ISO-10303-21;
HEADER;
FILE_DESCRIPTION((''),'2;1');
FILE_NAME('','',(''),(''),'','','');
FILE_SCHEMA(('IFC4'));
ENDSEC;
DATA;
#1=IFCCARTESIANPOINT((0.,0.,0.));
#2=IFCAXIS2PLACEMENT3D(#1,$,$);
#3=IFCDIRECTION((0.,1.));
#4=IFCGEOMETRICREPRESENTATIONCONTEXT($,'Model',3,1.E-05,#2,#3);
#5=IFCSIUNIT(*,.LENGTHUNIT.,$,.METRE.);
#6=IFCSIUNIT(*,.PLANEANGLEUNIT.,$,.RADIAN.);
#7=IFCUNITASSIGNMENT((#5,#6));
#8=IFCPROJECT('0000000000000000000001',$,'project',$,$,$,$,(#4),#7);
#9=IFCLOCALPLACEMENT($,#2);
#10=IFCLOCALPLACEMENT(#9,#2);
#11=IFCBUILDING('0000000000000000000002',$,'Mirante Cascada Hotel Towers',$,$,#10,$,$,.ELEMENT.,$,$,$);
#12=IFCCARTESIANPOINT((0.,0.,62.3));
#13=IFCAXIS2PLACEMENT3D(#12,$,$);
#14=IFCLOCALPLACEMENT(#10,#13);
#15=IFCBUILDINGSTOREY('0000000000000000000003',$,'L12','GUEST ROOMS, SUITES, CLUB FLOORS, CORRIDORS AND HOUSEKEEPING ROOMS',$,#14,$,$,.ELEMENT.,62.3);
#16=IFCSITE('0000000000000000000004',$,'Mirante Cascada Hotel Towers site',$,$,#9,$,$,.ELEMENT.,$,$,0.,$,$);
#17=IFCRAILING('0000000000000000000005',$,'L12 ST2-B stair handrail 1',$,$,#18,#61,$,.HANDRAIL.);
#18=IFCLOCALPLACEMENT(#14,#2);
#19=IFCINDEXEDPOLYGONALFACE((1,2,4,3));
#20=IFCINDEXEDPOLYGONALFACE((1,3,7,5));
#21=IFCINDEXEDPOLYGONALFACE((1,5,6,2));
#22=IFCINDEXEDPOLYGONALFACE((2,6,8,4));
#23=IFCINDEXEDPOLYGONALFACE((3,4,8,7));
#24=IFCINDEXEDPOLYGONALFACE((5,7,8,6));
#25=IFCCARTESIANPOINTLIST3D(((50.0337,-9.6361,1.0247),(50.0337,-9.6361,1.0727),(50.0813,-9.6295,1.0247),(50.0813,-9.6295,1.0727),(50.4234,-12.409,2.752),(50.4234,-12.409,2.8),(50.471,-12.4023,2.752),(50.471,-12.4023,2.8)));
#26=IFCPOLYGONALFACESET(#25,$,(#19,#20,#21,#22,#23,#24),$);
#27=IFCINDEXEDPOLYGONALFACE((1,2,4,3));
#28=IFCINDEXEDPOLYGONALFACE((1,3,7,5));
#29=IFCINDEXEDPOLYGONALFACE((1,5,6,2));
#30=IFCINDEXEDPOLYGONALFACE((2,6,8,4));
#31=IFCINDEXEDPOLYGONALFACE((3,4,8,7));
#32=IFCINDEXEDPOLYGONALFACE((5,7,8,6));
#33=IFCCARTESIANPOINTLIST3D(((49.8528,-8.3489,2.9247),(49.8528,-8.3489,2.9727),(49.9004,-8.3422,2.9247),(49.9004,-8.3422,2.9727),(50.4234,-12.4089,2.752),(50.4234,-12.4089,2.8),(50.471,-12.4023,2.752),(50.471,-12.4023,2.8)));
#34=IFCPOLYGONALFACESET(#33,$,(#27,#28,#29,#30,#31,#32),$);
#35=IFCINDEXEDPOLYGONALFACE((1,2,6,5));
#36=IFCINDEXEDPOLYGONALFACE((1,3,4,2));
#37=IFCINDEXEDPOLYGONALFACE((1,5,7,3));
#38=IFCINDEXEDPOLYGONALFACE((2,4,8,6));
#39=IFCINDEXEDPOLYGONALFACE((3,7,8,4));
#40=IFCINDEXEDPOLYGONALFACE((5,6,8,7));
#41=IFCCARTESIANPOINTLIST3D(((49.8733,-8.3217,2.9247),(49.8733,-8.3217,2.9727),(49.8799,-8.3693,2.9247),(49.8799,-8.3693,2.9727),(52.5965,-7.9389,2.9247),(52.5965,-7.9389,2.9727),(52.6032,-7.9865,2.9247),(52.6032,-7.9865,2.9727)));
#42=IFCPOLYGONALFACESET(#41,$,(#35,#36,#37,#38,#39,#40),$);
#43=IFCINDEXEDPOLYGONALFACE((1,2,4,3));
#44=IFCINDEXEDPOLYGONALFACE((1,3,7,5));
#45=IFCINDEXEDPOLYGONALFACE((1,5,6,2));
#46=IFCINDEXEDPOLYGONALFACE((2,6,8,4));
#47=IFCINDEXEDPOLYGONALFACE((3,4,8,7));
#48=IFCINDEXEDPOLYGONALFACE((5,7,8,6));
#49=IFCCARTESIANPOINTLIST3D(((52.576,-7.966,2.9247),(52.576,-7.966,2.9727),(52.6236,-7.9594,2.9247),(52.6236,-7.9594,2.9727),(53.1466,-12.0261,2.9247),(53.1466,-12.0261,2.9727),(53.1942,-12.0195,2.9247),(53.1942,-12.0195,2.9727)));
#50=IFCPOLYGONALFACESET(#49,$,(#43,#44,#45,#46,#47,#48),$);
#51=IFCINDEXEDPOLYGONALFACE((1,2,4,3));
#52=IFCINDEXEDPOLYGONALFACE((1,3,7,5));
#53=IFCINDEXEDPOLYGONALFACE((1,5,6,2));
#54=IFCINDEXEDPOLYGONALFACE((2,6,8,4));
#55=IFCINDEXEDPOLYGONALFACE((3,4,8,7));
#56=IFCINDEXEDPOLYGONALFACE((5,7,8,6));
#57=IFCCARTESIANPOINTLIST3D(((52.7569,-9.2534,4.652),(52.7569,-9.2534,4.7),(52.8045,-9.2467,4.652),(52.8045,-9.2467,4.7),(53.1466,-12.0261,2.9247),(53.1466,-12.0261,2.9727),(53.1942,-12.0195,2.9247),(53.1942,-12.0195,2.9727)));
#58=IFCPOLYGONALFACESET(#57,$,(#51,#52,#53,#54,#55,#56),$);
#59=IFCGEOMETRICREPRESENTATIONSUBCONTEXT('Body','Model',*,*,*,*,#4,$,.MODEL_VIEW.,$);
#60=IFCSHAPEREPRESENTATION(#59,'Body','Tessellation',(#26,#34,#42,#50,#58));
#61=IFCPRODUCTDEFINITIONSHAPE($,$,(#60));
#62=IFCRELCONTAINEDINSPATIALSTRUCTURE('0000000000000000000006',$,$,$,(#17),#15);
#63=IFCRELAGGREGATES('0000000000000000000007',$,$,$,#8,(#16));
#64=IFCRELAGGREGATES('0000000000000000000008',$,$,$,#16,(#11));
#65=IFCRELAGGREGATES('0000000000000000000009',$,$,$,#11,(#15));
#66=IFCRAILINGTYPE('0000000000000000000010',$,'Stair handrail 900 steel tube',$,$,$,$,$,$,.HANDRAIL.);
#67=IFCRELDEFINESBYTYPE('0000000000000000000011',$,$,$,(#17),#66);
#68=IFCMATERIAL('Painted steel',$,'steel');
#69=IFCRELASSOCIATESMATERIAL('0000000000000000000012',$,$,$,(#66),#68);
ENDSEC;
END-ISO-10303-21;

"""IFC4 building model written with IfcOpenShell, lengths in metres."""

from ifc_helpers import new_model, si_unit, direction, frame, origin, origin_2d, place, context, subcontext, project, spatial, rectangle, extrude, material, type_object, element, save


model = new_model("IFC4")

# Units and contexts
model_context = context("Model", 3, precision=1e-05, world=origin(), true_north=direction((0.0, 1.0)))
body_context = subcontext(model_context, "Body", "Model", "MODEL_VIEW")
ifc_project = project(units=[si_unit("LENGTHUNIT", "METRE"), si_unit("PLANEANGLEUNIT", "RADIAN")], contexts=[model_context])

# Site, building, storey
site_placement = place(None, origin())
site = spatial("IfcSite", under=ifc_project, at=site_placement, Name="Mirante Cascada Hotel Towers site", CompositionType="ELEMENT", RefElevation=0.0)
building_placement = place(site_placement, origin())
building = spatial("IfcBuilding", under=site, at=building_placement, Name="Mirante Cascada Hotel Towers", CompositionType="ELEMENT")
storey_placement = place(building_placement, frame((0.0, 0.0, 62.3)))
storey = spatial("IfcBuildingStorey", under=building, at=storey_placement, Name="L12", Description="GUEST ROOMS, SUITES, CLUB FLOORS, CORRIDORS AND HOUSEKEEPING ROOMS", CompositionType="ELEMENT", Elevation=62.3)

# Railing
ifc_material_1 = material(Name="Painted steel", Category="steel")
railing_type_1 = type_object("IfcRailingType", Name="Stair handrail 900 steel tube", PredefinedType="HANDRAIL", material=ifc_material_1)
railing_1_placement = place(storey_placement, frame((50.0575, -9.6328, 0.1727)))
element("IfcRailing", 1, at=railing_1_placement, inside=storey, type_object=railing_type_1, Name="L12 ST2-B stair handrail 1", PredefinedType="HANDRAIL", context=body_context, shape_type="SweptSolid", body=[
    extrude(rectangle(XDim=0.048, YDim=0.048, at=origin_2d()), frame((0.0, 0.0, 0.876), z_axis=(0.139176, -0.990268, 0.0), x_axis=(0.990268, 0.139176, 0.0)), (0.0, 0.525021, 0.851089), 3.29),
    extrude(rectangle(XDim=0.048, YDim=0.048, at=origin_2d()), frame((0.3897, -2.7728, 2.6033), z_axis=(-0.139171, 0.990268, 0.0), x_axis=(-0.990268, -0.139171, 0.0)), (0.0, 0.042085, 0.999114), 4.1036),
    extrude(rectangle(XDim=0.048, YDim=0.048, at=origin_2d()), frame((-0.1809, 1.2873, 2.776), z_axis=(0.990264, 0.139201, 0.0), x_axis=(-0.139201, 0.990264, 0.0)), (0.0, 0.0, 1.0), 2.75),
    extrude(rectangle(XDim=0.048, YDim=0.048, at=origin_2d()), frame((2.5423, 1.6701, 2.776), z_axis=(0.139171, -0.990268, 0.0), x_axis=(0.990268, 0.139171, 0.0)), (0.0, 0.0, 1.0), 4.1),
    extrude(rectangle(XDim=0.048, YDim=0.048, at=origin_2d()), frame((3.1129, -2.39, 2.776), z_axis=(-0.139181, 0.990267, 0.0), x_axis=(-0.990267, -0.139181, 0.0)), (0.0, 0.525035, 0.851081), 3.2899),
])

save(model, "model.ifc")
